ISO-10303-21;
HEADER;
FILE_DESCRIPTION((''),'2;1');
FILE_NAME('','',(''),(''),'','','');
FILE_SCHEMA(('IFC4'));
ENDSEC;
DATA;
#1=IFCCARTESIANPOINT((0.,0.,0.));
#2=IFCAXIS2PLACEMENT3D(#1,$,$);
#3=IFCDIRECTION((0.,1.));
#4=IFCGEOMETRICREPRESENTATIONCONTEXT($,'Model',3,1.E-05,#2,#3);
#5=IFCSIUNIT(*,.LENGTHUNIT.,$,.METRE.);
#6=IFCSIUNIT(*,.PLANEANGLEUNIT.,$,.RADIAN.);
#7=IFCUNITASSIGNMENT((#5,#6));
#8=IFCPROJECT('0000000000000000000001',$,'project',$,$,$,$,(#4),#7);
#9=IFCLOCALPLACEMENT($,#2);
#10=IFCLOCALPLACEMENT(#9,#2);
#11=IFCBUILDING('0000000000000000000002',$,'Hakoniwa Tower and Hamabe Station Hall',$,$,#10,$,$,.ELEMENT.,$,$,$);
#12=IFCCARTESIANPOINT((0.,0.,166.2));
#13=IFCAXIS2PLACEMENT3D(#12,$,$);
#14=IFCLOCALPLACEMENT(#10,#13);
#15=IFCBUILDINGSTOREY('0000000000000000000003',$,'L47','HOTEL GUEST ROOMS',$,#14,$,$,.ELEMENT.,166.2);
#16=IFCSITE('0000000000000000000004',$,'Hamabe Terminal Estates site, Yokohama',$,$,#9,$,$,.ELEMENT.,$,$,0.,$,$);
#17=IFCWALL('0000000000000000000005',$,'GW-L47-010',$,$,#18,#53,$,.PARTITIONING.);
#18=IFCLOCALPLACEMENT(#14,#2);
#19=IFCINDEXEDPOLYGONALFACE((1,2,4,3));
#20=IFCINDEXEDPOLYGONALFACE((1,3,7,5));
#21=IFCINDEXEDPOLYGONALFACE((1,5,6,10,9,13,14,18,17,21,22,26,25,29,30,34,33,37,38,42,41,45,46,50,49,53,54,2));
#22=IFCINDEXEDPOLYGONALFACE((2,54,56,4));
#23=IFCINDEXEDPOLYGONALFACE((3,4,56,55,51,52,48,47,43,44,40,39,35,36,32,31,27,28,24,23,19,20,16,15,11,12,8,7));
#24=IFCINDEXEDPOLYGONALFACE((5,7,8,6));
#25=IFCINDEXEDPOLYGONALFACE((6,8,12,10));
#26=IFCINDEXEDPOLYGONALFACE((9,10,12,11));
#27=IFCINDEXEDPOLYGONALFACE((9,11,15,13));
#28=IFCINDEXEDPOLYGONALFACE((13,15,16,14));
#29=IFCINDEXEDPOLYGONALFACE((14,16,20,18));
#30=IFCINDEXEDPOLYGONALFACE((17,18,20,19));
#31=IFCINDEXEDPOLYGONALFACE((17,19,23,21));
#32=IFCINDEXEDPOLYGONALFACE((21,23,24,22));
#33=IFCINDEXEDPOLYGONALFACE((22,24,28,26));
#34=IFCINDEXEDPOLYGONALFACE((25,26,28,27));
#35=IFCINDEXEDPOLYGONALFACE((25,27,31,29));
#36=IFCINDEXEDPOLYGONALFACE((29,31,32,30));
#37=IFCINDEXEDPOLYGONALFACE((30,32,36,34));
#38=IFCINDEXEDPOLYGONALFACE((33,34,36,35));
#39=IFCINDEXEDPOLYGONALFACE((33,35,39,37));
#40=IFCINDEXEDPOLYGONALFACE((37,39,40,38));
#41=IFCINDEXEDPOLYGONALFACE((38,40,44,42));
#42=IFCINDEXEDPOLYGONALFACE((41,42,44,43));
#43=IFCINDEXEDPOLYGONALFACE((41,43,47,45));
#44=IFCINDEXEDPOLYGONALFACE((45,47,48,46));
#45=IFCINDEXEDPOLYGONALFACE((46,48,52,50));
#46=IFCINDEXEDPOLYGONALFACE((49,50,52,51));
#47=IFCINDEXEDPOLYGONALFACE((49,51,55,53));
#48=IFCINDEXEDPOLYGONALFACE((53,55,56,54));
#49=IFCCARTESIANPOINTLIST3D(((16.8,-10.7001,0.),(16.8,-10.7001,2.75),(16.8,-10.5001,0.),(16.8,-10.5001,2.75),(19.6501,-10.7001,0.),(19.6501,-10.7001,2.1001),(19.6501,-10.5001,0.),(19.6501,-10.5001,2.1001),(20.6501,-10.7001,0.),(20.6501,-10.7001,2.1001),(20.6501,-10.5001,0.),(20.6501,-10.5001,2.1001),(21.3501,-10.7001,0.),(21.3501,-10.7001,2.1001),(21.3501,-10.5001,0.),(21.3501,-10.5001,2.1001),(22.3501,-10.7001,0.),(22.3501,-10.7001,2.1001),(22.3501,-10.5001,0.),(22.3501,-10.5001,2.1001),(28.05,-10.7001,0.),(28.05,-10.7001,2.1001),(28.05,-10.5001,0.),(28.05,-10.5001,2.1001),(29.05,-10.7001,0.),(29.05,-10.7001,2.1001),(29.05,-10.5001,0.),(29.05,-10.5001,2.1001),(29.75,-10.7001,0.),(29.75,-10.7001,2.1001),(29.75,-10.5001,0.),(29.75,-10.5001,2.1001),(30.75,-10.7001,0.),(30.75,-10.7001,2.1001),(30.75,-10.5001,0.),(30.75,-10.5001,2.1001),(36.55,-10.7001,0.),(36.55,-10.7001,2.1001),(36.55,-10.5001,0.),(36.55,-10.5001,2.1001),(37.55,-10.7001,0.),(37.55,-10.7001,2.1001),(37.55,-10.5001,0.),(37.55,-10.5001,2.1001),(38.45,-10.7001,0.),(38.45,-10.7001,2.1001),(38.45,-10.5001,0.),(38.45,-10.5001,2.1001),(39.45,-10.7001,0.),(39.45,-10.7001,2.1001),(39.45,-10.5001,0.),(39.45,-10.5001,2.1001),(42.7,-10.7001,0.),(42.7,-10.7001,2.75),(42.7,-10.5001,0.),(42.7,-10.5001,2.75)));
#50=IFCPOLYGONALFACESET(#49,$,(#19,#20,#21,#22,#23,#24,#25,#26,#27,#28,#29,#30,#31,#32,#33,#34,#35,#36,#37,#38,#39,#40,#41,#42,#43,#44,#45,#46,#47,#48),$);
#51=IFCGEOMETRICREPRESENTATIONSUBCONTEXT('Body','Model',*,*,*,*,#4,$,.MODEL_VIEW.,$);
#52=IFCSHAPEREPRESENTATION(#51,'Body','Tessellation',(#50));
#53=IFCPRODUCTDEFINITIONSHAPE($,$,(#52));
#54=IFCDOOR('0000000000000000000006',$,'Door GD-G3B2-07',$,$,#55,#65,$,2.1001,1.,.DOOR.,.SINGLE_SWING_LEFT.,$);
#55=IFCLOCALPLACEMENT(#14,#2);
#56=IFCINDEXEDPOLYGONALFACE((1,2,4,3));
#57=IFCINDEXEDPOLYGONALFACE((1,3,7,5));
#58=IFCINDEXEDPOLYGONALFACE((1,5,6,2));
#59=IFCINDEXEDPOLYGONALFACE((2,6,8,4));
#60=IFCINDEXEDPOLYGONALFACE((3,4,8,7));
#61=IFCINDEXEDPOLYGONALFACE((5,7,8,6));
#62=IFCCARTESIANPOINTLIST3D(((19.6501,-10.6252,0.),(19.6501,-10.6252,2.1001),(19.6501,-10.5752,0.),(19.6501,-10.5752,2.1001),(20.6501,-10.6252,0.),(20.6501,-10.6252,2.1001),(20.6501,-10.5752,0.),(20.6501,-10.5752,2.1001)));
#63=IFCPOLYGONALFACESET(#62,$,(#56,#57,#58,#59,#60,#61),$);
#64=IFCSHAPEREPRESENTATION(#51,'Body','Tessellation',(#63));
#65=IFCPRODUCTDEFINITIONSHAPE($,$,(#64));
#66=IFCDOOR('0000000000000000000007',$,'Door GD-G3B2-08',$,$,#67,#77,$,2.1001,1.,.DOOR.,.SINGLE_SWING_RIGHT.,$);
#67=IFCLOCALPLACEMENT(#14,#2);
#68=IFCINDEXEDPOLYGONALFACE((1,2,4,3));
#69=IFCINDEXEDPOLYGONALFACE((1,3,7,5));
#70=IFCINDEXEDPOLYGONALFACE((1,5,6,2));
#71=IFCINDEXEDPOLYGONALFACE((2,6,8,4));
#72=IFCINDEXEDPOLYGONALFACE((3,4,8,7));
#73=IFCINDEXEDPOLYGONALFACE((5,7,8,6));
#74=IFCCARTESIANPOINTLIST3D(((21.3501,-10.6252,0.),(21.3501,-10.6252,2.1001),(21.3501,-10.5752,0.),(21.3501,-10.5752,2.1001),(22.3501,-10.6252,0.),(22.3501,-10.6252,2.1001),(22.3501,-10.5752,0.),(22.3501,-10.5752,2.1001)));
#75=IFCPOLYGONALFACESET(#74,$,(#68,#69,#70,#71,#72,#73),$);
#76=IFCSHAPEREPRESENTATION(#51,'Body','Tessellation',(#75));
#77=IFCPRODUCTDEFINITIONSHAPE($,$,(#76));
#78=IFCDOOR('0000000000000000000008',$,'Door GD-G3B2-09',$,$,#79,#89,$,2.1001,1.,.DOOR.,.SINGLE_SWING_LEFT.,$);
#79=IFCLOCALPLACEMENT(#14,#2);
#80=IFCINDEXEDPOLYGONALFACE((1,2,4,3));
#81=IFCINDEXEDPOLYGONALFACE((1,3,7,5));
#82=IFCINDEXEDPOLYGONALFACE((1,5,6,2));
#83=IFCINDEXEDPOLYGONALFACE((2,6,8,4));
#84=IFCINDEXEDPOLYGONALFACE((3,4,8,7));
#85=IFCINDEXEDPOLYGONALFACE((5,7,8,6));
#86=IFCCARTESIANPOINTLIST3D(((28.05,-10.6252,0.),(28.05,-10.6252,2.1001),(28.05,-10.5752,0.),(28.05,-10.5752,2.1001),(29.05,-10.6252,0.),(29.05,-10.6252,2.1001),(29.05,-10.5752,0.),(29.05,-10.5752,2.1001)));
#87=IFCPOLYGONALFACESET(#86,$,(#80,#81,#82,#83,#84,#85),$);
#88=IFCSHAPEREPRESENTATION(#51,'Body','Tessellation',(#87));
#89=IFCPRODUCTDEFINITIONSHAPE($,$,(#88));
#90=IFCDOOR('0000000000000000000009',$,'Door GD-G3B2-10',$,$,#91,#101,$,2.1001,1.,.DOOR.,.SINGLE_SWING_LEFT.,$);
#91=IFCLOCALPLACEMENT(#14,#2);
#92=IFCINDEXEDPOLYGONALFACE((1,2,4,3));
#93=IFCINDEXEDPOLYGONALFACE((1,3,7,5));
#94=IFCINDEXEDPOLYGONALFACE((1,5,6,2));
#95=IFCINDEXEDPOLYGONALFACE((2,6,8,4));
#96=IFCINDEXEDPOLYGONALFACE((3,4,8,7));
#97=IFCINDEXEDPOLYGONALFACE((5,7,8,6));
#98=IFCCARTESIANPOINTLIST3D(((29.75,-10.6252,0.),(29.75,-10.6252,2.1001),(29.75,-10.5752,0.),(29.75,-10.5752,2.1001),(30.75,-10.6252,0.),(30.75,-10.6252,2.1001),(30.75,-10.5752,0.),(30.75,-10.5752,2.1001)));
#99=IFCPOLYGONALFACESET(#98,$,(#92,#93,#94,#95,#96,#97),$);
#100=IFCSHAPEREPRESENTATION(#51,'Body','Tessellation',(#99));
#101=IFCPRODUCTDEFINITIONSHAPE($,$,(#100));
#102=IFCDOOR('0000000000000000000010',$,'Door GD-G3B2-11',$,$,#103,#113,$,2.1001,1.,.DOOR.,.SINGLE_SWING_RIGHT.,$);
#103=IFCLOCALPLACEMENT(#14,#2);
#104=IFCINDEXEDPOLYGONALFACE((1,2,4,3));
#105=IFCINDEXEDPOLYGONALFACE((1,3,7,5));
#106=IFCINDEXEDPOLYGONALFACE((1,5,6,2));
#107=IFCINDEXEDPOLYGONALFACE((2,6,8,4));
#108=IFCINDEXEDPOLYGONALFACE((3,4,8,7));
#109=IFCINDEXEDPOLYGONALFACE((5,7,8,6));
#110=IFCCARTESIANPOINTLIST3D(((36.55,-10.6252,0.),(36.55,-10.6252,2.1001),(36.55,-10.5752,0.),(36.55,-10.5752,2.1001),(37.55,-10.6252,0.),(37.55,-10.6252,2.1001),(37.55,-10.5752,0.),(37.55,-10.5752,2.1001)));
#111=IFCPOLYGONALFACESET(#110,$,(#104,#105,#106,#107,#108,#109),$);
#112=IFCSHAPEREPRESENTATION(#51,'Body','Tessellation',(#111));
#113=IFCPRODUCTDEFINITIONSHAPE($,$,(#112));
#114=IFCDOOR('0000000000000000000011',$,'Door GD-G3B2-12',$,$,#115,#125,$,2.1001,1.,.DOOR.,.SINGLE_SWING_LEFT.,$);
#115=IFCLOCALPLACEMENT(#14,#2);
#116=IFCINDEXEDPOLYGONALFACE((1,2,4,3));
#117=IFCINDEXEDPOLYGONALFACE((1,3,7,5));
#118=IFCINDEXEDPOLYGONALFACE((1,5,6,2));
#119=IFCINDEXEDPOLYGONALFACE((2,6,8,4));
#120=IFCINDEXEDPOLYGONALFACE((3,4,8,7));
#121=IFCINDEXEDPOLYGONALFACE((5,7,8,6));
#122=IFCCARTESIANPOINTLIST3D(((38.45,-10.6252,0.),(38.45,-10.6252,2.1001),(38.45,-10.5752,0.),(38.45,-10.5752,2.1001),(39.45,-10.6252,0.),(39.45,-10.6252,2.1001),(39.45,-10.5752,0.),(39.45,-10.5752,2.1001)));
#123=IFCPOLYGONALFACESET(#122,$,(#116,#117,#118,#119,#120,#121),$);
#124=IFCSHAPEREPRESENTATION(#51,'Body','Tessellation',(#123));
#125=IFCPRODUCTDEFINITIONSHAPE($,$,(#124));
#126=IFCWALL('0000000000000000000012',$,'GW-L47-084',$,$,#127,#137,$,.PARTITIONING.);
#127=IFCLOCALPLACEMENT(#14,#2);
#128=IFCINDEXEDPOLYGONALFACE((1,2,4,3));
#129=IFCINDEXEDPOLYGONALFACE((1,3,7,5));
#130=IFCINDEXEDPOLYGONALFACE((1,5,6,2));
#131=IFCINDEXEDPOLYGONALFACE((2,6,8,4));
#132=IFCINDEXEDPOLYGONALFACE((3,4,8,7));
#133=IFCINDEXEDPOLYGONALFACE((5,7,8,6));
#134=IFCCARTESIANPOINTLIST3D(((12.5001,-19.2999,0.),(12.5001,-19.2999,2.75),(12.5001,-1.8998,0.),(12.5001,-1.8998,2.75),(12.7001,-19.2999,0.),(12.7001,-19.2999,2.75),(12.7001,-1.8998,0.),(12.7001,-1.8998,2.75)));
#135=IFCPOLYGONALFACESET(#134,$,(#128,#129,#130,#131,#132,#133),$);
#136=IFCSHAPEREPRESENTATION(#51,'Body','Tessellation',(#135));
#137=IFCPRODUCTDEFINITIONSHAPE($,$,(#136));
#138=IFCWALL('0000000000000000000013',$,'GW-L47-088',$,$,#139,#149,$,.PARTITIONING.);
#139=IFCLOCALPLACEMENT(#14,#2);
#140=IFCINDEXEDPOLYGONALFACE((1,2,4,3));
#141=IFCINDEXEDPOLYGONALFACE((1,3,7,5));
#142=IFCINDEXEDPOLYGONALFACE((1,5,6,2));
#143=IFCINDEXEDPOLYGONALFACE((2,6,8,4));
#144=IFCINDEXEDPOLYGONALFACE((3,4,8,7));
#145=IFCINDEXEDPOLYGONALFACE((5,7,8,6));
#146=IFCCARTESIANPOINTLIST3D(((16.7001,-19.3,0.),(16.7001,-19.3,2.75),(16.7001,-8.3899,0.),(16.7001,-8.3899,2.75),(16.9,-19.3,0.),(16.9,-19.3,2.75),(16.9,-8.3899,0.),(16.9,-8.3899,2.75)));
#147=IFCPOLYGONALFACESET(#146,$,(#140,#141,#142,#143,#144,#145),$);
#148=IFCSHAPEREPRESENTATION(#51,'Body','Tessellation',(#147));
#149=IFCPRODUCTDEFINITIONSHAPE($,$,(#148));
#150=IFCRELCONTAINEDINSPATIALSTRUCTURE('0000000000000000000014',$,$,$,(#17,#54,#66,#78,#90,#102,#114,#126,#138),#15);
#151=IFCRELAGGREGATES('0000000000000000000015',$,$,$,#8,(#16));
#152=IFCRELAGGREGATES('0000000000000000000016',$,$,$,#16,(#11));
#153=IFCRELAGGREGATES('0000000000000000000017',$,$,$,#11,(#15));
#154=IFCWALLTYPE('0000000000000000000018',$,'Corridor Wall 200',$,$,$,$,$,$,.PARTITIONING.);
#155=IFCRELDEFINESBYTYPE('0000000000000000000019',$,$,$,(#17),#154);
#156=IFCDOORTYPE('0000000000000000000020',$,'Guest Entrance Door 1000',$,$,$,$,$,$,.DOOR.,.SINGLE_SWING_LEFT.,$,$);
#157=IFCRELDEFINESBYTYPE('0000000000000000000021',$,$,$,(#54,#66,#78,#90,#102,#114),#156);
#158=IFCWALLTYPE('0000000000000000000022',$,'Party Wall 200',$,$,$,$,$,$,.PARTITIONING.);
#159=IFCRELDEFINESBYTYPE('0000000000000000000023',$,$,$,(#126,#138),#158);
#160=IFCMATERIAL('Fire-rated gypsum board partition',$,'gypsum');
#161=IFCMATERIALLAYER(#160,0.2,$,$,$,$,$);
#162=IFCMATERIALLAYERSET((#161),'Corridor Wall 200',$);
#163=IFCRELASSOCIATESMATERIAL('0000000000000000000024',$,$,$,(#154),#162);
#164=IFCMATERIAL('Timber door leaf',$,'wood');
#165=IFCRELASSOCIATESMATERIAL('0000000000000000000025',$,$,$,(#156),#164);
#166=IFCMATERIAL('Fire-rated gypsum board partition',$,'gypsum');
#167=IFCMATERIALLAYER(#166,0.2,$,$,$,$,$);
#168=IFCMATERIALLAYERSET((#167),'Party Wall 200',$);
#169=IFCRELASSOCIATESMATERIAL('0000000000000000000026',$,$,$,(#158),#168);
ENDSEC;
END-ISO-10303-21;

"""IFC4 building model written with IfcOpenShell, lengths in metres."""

from ifc_helpers import new_model, si_unit, direction, frame, frame_2d, origin, place, context, subcontext, project, spatial, rectangle, extrude, material, layer, layer_set, type_object, element, fill, save


model = new_model("IFC4")

# Units and contexts
model_context = context("Model", 3, precision=1e-05, world=origin(), true_north=direction((0.0, 1.0)))
body_context = subcontext(model_context, "Body", "Model", "MODEL_VIEW")
ifc_project = project(units=[si_unit("LENGTHUNIT", "METRE"), si_unit("PLANEANGLEUNIT", "RADIAN")], contexts=[model_context])

# Site, building, storey
site_placement = place(None, origin())
site = spatial("IfcSite", under=ifc_project, at=site_placement, Name="Hamabe Terminal Estates site, Yokohama", CompositionType="ELEMENT", RefElevation=0.0)
building_placement = place(site_placement, origin())
building = spatial("IfcBuilding", under=site, at=building_placement, Name="Hakoniwa Tower and Hamabe Station Hall", CompositionType="ELEMENT")
storey_placement = place(building_placement, frame((0.0, 0.0, 166.2)))
storey = spatial("IfcBuildingStorey", under=building, at=storey_placement, Name="L47", Description="HOTEL GUEST ROOMS", CompositionType="ELEMENT", Elevation=166.2)

# Wall, openings, doors
ifc_material_1 = material(Name="Fire-rated gypsum board partition", Category="gypsum")
ifc_layer_1 = layer(ifc_material_1, 0.2)
ifc_layer_set_1 = layer_set([ifc_layer_1], Name="Corridor Wall 200")
wall_type_1 = type_object("IfcWallType", Name="Corridor Wall 200", PredefinedType="PARTITIONING", material=ifc_layer_set_1)
wall_1_placement = place(storey_placement, frame((16.8, -10.6001, 0.0), z_axis=(0.0, 0.0, 1.0), x_axis=(1.0, 0.0, 0.0)))
wall_1 = element("IfcWall", 1, at=wall_1_placement, inside=storey, type_object=wall_type_1, Name="GW-L47-010", PredefinedType="PARTITIONING", context=body_context, shape_type="SweptSolid", body=[
    extrude(rectangle(XDim=25.8999, YDim=0.2, at=frame_2d((12.95, 0.0))), origin(), (0.0, 0.0, 1.0), 2.75),
])
opening_1_placement = place(wall_1_placement, frame((2.8501, 0.0, 0.0)))
opening_1 = element("IfcOpeningElement", 2, at=opening_1_placement, cuts=wall_1, PredefinedType="OPENING", context=body_context, shape_type="SweptSolid", body=[
    extrude(rectangle(XDim=1.0, YDim=2.1001, at=frame_2d((0.5, 1.05))), frame((0.0, 0.1099, 0.0), z_axis=(0.0, -1.0, 0.0), x_axis=(1.0, 0.0, 0.0)), (0.0, 0.0, 1.0), 0.22),
])
opening_2_placement = place(wall_1_placement, frame((4.55, 0.0, 0.0)))
opening_2 = element("IfcOpeningElement", 3, at=opening_2_placement, cuts=wall_1, PredefinedType="OPENING", context=body_context, shape_type="SweptSolid", body=[
    extrude(rectangle(XDim=1.0, YDim=2.1001, at=frame_2d((0.5, 1.05))), frame((0.0, 0.1099, 0.0), z_axis=(0.0, -1.0, 0.0), x_axis=(1.0, 0.0, 0.0)), (0.0, 0.0, 1.0), 0.22),
])
opening_3_placement = place(wall_1_placement, frame((11.25, 0.0, 0.0)))
opening_3 = element("IfcOpeningElement", 4, at=opening_3_placement, cuts=wall_1, PredefinedType="OPENING", context=body_context, shape_type="SweptSolid", body=[
    extrude(rectangle(XDim=1.0, YDim=2.1001, at=frame_2d((0.5, 1.05))), frame((0.0, 0.1099, 0.0), z_axis=(0.0, -1.0, 0.0), x_axis=(1.0, 0.0, 0.0)), (0.0, 0.0, 1.0), 0.22),
])
opening_4_placement = place(wall_1_placement, frame((12.95, 0.0, 0.0)))
opening_4 = element("IfcOpeningElement", 5, at=opening_4_placement, cuts=wall_1, PredefinedType="OPENING", context=body_context, shape_type="SweptSolid", body=[
    extrude(rectangle(XDim=1.0, YDim=2.1001, at=frame_2d((0.5, 1.05))), frame((0.0, 0.1099, 0.0), z_axis=(0.0, -1.0, 0.0), x_axis=(1.0, 0.0, 0.0)), (0.0, 0.0, 1.0), 0.22),
])
opening_5_placement = place(wall_1_placement, frame((19.75, 0.0, 0.0)))
opening_5 = element("IfcOpeningElement", 6, at=opening_5_placement, cuts=wall_1, PredefinedType="OPENING", context=body_context, shape_type="SweptSolid", body=[
    extrude(rectangle(XDim=1.0, YDim=2.1001, at=frame_2d((0.5, 1.05))), frame((0.0, 0.1099, 0.0), z_axis=(0.0, -1.0, 0.0), x_axis=(1.0, 0.0, 0.0)), (0.0, 0.0, 1.0), 0.22),
])
opening_6_placement = place(wall_1_placement, frame((21.6499, 0.0, 0.0)))
opening_6 = element("IfcOpeningElement", 7, at=opening_6_placement, cuts=wall_1, PredefinedType="OPENING", context=body_context, shape_type="SweptSolid", body=[
    extrude(rectangle(XDim=1.0, YDim=2.1001, at=frame_2d((0.5, 1.05))), frame((0.0, 0.1099, 0.0), z_axis=(0.0, -1.0, 0.0), x_axis=(1.0, 0.0, 0.0)), (0.0, 0.0, 1.0), 0.22),
])
ifc_material_2 = material(Name="Timber door leaf", Category="wood")
door_type_1 = type_object("IfcDoorType", Name="Guest Entrance Door 1000", OperationType="SINGLE_SWING_LEFT", PredefinedType="DOOR", material=ifc_material_2)
door_1_placement = place(opening_1_placement, origin())
door_1 = element("IfcDoor", 8, at=door_1_placement, inside=storey, type_object=door_type_1, Name="Door GD-G3B2-07", OperationType="SINGLE_SWING_LEFT", OverallHeight=2.1001, OverallWidth=1.0, PredefinedType="DOOR", context=body_context, shape_type="SweptSolid", body=[
    extrude(rectangle(XDim=1.0, YDim=2.1001, at=frame_2d((0.5, 1.05))), frame((0.0, 0.0249, 0.0), z_axis=(0.0, -1.0, 0.0), x_axis=(1.0, 0.0, 0.0)), (0.0, 0.0, 1.0), 0.05),
])
fill(opening_1, door_1)
door_2_placement = place(opening_2_placement, origin())
door_2 = element("IfcDoor", 9, at=door_2_placement, inside=storey, type_object=door_type_1, Name="Door GD-G3B2-08", OperationType="SINGLE_SWING_RIGHT", OverallHeight=2.1001, OverallWidth=1.0, PredefinedType="DOOR", context=body_context, shape_type="SweptSolid", body=[
    extrude(rectangle(XDim=1.0, YDim=2.1001, at=frame_2d((0.5, 1.05))), frame((0.0, 0.0249, 0.0), z_axis=(0.0, -1.0, 0.0), x_axis=(1.0, 0.0, 0.0)), (0.0, 0.0, 1.0), 0.05),
])
fill(opening_2, door_2)
door_3_placement = place(opening_3_placement, origin())
door_3 = element("IfcDoor", 10, at=door_3_placement, inside=storey, type_object=door_type_1, Name="Door GD-G3B2-09", OperationType="SINGLE_SWING_LEFT", OverallHeight=2.1001, OverallWidth=1.0, PredefinedType="DOOR", context=body_context, shape_type="SweptSolid", body=[
    extrude(rectangle(XDim=1.0, YDim=2.1001, at=frame_2d((0.5, 1.05))), frame((0.0, 0.0249, 0.0), z_axis=(0.0, -1.0, 0.0), x_axis=(1.0, 0.0, 0.0)), (0.0, 0.0, 1.0), 0.05),
])
fill(opening_3, door_3)
door_4_placement = place(opening_4_placement, origin())
door_4 = element("IfcDoor", 11, at=door_4_placement, inside=storey, type_object=door_type_1, Name="Door GD-G3B2-10", OperationType="SINGLE_SWING_LEFT", OverallHeight=2.1001, OverallWidth=1.0, PredefinedType="DOOR", context=body_context, shape_type="SweptSolid", body=[
    extrude(rectangle(XDim=1.0, YDim=2.1001, at=frame_2d((0.5, 1.05))), frame((0.0, 0.0249, 0.0), z_axis=(0.0, -1.0, 0.0), x_axis=(1.0, 0.0, 0.0)), (0.0, 0.0, 1.0), 0.05),
])
fill(opening_4, door_4)
door_5_placement = place(opening_5_placement, origin())
door_5 = element("IfcDoor", 12, at=door_5_placement, inside=storey, type_object=door_type_1, Name="Door GD-G3B2-11", OperationType="SINGLE_SWING_RIGHT", OverallHeight=2.1001, OverallWidth=1.0, PredefinedType="DOOR", context=body_context, shape_type="SweptSolid", body=[
    extrude(rectangle(XDim=1.0, YDim=2.1001, at=frame_2d((0.5, 1.05))), frame((0.0, 0.0249, 0.0), z_axis=(0.0, -1.0, 0.0), x_axis=(1.0, 0.0, 0.0)), (0.0, 0.0, 1.0), 0.05),
])
fill(opening_5, door_5)
door_6_placement = place(opening_6_placement, origin())
door_6 = element("IfcDoor", 13, at=door_6_placement, inside=storey, type_object=door_type_1, Name="Door GD-G3B2-12", OperationType="SINGLE_SWING_LEFT", OverallHeight=2.1001, OverallWidth=1.0, PredefinedType="DOOR", context=body_context, shape_type="SweptSolid", body=[
    extrude(rectangle(XDim=1.0, YDim=2.1001, at=frame_2d((0.5, 1.05))), frame((0.0, 0.0249, 0.0), z_axis=(0.0, -1.0, 0.0), x_axis=(1.0, 0.0, 0.0)), (0.0, 0.0, 1.0), 0.05),
])
fill(opening_6, door_6)

# Walls
ifc_material_3 = material(Name="Fire-rated gypsum board partition", Category="gypsum")
ifc_layer_2 = layer(ifc_material_3, 0.2)
ifc_layer_set_2 = layer_set([ifc_layer_2], Name="Party Wall 200")
wall_type_2 = type_object("IfcWallType", Name="Party Wall 200", PredefinedType="PARTITIONING", material=ifc_layer_set_2)
wall_2_placement = place(storey_placement, frame((12.6001, -19.3, 0.0), z_axis=(0.0, 0.0, 1.0), x_axis=(0.0, 1.0, 0.0)))
element("IfcWall", 14, at=wall_2_placement, inside=storey, type_object=wall_type_2, Name="GW-L47-084", PredefinedType="PARTITIONING", context=body_context, shape_type="SweptSolid", body=[
    extrude(rectangle(XDim=17.4001, YDim=0.2, at=frame_2d((8.7002, 0.0))), origin(), (0.0, 0.0, 1.0), 2.75),
])
wall_3_placement = place(storey_placement, frame((16.8, -19.3, 0.0), z_axis=(0.0, 0.0, 1.0), x_axis=(0.0, 1.0, 0.0)))
element("IfcWall", 15, at=wall_3_placement, inside=storey, type_object=wall_type_2, Name="GW-L47-088", PredefinedType="PARTITIONING", context=body_context, shape_type="SweptSolid", body=[
    extrude(rectangle(XDim=10.9102, YDim=0.2, at=frame_2d((5.4551, 0.0))), origin(), (0.0, 0.0, 1.0), 2.75),
])

save(model, "model.ifc")
